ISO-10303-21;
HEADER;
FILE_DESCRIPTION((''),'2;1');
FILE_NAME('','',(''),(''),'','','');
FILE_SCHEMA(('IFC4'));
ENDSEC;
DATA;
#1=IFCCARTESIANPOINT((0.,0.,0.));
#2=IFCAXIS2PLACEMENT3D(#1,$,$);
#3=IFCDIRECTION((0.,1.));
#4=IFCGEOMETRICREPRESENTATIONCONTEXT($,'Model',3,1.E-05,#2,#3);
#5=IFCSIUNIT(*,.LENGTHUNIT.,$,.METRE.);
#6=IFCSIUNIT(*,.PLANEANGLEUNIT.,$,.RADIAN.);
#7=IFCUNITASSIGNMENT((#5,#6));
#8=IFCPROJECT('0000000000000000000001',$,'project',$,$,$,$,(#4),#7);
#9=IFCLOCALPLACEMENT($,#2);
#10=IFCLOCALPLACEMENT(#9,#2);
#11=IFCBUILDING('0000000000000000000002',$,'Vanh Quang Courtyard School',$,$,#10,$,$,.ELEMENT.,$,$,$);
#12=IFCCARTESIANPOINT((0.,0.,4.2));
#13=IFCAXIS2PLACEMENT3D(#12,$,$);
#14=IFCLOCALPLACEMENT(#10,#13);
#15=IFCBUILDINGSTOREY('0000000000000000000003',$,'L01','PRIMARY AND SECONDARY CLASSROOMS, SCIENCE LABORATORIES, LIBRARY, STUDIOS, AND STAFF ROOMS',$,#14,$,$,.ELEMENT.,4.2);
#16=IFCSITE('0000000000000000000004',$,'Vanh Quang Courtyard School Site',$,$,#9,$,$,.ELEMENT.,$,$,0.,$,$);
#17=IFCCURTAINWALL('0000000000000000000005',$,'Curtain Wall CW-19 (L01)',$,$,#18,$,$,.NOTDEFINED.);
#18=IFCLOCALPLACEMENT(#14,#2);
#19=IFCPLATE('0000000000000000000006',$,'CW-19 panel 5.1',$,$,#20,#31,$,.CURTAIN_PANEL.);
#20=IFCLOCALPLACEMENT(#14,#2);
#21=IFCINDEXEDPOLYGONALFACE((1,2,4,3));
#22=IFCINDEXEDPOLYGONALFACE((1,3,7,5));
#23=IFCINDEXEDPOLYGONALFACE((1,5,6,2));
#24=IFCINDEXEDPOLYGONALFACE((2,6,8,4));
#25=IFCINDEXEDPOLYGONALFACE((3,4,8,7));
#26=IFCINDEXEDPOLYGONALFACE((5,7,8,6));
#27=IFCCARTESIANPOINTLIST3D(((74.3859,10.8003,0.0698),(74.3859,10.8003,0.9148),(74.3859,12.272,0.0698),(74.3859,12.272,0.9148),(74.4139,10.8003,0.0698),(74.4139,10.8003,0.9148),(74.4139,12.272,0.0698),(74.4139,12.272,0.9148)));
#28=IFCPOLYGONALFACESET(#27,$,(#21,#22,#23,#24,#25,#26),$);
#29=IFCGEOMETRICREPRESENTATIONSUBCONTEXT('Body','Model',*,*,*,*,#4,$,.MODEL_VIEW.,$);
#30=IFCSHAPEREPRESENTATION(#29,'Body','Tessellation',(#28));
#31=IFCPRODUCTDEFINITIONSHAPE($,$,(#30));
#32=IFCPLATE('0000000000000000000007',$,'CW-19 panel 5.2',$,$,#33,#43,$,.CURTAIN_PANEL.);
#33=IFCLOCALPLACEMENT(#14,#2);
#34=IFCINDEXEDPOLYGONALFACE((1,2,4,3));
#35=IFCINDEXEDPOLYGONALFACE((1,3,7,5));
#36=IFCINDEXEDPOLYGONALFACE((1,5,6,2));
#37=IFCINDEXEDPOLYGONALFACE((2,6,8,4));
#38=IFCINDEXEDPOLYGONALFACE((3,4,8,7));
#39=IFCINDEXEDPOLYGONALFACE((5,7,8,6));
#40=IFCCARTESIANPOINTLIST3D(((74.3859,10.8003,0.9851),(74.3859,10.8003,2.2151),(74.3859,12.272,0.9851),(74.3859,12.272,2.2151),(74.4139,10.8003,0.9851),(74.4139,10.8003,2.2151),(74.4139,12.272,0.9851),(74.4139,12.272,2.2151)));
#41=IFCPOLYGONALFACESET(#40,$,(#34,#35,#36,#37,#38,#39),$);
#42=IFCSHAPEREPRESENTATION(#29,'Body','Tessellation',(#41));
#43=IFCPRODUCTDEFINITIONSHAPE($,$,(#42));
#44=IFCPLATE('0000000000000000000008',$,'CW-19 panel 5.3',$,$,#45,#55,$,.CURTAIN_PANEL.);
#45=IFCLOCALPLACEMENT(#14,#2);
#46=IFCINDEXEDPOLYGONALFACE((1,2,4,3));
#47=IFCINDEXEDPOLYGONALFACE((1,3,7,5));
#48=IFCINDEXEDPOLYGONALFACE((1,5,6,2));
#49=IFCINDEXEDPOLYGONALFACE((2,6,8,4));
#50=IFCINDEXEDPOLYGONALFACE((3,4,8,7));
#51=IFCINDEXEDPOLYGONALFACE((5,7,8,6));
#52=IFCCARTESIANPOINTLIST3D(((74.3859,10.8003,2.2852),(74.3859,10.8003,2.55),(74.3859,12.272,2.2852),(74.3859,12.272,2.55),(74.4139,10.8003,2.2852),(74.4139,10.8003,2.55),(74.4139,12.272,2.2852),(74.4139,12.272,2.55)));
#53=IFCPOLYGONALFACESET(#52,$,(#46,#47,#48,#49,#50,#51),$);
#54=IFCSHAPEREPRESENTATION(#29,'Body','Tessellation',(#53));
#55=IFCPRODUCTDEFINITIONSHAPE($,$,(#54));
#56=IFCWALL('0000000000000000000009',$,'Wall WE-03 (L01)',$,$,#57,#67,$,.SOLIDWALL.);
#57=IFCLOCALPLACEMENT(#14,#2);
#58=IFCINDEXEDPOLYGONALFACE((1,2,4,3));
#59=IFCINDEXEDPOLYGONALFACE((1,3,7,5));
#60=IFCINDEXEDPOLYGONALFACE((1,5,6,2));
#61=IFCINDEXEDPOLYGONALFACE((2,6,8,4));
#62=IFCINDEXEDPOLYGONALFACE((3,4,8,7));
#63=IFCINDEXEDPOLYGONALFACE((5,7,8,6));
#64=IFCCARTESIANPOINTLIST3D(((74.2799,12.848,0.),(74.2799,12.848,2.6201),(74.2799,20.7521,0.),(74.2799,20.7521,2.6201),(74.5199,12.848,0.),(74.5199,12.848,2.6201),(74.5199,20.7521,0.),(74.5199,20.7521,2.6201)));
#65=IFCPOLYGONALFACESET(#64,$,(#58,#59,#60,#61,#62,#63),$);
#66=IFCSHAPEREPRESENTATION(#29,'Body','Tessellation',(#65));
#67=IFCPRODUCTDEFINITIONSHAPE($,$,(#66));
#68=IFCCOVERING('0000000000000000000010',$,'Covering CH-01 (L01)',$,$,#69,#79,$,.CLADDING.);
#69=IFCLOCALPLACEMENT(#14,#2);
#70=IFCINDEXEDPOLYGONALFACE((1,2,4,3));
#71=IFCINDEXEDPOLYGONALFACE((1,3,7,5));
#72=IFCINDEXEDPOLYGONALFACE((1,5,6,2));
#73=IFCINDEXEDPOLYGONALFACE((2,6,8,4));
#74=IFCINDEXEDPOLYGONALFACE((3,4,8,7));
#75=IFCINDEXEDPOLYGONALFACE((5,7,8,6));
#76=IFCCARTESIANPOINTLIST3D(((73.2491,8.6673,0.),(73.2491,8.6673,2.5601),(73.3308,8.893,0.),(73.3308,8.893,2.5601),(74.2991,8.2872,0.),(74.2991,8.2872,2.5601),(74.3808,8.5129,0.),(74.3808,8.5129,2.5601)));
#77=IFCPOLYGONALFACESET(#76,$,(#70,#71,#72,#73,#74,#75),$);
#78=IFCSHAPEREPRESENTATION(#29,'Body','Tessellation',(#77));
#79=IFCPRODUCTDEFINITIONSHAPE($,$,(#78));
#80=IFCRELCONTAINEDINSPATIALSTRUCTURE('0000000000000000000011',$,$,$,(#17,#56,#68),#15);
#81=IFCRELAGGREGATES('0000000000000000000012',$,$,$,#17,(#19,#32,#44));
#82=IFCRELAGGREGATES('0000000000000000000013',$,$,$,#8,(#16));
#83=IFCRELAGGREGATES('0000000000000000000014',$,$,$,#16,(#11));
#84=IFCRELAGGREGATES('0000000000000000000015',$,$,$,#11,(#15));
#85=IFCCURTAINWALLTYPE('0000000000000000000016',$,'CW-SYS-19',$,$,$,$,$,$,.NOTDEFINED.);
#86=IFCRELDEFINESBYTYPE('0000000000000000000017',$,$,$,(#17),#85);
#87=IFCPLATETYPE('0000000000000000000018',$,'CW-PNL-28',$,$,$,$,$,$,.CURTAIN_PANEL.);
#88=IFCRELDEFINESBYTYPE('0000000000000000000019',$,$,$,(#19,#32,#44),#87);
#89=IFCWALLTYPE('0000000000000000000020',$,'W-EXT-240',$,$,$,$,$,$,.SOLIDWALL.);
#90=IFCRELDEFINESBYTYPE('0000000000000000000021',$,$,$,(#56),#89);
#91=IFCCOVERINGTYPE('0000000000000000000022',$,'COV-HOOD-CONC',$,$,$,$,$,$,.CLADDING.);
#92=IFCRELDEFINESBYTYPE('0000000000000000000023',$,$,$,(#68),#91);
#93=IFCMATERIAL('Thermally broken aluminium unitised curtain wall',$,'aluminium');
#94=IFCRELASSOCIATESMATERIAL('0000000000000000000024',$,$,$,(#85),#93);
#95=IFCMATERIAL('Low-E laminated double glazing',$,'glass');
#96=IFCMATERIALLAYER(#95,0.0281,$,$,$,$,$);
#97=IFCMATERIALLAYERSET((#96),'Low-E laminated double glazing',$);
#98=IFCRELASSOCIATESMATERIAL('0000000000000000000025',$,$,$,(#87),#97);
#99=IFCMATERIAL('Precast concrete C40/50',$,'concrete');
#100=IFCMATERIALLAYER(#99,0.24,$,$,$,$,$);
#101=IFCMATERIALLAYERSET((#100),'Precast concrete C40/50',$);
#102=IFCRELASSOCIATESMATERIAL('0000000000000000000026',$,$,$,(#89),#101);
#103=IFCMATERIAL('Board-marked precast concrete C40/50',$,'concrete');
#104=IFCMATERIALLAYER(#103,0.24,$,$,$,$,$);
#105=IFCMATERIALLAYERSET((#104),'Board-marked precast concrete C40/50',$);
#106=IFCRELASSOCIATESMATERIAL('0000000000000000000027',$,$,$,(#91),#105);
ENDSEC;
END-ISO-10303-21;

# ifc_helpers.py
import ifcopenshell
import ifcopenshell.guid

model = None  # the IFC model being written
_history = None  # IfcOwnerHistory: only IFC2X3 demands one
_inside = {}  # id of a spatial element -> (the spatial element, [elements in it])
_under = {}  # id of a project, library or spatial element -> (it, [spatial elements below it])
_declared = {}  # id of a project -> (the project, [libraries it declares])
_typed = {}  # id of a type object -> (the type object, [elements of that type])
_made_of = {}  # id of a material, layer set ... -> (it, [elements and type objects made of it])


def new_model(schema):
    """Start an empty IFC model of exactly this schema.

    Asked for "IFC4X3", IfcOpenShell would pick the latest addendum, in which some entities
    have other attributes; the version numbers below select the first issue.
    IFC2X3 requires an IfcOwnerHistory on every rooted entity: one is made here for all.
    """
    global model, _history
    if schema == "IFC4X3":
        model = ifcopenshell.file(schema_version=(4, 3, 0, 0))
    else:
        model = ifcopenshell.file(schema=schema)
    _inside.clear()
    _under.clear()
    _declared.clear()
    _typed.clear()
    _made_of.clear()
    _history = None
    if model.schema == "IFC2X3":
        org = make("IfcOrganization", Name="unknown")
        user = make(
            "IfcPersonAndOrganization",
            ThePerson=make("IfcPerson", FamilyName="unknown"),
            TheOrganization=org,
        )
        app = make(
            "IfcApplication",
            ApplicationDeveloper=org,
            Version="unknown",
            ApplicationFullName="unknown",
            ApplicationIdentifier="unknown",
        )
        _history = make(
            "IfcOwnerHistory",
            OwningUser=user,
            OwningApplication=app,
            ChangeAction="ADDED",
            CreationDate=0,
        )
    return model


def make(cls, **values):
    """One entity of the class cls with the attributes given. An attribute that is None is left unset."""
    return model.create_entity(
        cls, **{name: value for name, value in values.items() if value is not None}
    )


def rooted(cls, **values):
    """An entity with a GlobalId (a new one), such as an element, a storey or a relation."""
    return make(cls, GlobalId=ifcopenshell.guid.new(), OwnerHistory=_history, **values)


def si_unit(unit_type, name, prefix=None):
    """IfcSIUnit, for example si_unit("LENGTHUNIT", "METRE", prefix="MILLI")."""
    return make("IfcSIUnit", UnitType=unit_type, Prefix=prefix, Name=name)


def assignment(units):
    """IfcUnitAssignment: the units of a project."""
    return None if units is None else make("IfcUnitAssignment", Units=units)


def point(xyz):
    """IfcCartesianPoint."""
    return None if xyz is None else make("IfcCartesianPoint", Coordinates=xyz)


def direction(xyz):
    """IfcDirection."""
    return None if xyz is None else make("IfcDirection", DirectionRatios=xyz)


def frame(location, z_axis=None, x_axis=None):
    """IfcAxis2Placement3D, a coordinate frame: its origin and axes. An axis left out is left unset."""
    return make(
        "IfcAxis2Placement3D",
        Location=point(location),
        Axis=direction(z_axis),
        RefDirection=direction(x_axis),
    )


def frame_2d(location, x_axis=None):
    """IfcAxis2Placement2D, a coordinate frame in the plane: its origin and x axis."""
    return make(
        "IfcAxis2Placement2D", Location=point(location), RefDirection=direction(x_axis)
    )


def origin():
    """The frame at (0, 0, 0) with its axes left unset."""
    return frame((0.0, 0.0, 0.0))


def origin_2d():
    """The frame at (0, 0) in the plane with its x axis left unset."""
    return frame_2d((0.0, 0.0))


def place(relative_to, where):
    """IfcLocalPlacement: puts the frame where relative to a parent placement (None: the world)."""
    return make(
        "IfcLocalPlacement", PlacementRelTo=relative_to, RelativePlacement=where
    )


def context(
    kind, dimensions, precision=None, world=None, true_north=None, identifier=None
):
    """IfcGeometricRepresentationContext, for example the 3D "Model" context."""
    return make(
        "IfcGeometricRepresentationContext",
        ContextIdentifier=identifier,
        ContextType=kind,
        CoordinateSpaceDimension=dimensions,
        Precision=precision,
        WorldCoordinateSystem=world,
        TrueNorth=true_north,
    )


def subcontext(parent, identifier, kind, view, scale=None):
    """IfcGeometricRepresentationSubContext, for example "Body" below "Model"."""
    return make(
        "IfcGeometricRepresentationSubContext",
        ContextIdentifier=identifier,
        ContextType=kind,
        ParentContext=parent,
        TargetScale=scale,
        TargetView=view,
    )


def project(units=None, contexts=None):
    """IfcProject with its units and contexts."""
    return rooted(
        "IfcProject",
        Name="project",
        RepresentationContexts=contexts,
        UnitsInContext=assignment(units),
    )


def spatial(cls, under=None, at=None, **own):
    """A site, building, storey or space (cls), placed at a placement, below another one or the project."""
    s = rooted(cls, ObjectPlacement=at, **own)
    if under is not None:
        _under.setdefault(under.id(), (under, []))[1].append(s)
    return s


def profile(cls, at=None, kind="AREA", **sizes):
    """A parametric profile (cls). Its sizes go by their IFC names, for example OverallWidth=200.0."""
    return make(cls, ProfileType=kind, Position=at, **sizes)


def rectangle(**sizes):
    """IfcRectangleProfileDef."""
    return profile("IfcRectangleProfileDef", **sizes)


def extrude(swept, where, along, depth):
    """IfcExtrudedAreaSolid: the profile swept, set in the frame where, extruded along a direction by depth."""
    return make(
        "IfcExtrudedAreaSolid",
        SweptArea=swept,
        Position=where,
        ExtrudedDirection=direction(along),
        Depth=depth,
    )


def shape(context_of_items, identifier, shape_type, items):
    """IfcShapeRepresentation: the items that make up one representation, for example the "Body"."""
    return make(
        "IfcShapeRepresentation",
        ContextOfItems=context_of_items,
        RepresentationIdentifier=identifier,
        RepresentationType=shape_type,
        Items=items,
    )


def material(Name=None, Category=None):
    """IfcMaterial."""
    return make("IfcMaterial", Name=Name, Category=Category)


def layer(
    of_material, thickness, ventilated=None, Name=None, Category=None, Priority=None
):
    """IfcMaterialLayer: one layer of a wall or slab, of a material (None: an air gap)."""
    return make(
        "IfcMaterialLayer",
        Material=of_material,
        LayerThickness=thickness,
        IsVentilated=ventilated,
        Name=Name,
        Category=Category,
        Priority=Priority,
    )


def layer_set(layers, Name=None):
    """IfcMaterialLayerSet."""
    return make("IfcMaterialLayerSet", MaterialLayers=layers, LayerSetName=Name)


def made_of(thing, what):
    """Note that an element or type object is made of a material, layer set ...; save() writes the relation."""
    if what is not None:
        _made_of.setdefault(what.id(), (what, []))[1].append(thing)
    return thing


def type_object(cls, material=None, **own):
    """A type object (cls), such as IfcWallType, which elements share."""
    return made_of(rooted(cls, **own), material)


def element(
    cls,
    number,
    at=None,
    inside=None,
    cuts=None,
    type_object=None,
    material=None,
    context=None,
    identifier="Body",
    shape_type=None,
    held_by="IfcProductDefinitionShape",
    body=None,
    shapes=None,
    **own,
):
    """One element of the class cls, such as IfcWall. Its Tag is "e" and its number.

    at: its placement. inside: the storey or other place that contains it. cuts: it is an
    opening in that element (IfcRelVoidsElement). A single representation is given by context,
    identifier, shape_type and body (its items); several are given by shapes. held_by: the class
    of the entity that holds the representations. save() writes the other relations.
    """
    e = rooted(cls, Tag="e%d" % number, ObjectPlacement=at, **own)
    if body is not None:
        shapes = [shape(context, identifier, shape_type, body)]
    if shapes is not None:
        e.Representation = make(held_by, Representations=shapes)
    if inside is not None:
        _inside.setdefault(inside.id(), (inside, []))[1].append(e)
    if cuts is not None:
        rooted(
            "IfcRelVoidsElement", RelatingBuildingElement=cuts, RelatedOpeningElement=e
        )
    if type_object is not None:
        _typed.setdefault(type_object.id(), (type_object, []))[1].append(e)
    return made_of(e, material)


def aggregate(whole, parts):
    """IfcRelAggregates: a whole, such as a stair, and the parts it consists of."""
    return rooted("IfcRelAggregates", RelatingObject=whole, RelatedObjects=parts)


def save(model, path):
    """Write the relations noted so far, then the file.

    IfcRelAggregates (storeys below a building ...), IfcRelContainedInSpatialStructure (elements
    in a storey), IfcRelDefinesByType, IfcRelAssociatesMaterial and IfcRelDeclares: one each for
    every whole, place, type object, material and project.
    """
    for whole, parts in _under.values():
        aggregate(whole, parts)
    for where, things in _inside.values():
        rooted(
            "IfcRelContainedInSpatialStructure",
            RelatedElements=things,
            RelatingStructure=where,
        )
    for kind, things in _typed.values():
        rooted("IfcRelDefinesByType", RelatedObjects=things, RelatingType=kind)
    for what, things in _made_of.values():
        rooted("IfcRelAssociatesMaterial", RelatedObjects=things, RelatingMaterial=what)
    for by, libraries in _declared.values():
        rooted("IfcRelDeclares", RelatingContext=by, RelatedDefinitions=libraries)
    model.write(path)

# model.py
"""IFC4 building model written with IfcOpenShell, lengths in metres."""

from ifc_helpers import new_model, si_unit, direction, frame, frame_2d, origin, origin_2d, place, context, subcontext, project, spatial, rectangle, extrude, material, layer, layer_set, type_object, element, aggregate, save


model = new_model("IFC4")

# Units and contexts
model_context = context("Model", 3, precision=1e-05, world=origin(), true_north=direction((0.0, 1.0)))
body_context = subcontext(model_context, "Body", "Model", "MODEL_VIEW")
ifc_project = project(units=[si_unit("LENGTHUNIT", "METRE"), si_unit("PLANEANGLEUNIT", "RADIAN")], contexts=[model_context])

# Site, building, storey
site_placement = place(None, origin())
site = spatial("IfcSite", under=ifc_project, at=site_placement, Name="Vanh Quang Courtyard School Site", CompositionType="ELEMENT", RefElevation=0.0)
building_placement = place(site_placement, origin())
building = spatial("IfcBuilding", under=site, at=building_placement, Name="Vanh Quang Courtyard School", CompositionType="ELEMENT")
storey_placement = place(building_placement, frame((0.0, 0.0, 4.2)))
storey = spatial("IfcBuildingStorey", under=building, at=storey_placement, Name="L01", Description="PRIMARY AND SECONDARY CLASSROOMS, SCIENCE LABORATORIES, LIBRARY, STUDIOS, AND STAFF ROOMS", CompositionType="ELEMENT", Elevation=4.2)

# Curtain wall, plates
ifc_material_1 = material(Name="Thermally broken aluminium unitised curtain wall", Category="aluminium")
curtain_wall_type = type_object("IfcCurtainWallType", Name="CW-SYS-19", PredefinedType="NOTDEFINED", material=ifc_material_1)
curtain_wall_placement = place(storey_placement, origin())
curtain_wall = element("IfcCurtainWall", 1, at=curtain_wall_placement, inside=storey, type_object=curtain_wall_type, Name="Curtain Wall CW-19 (L01)", PredefinedType="NOTDEFINED")
ifc_material_2 = material(Name="Low-E laminated double glazing", Category="glass")
ifc_layer_1 = layer(ifc_material_2, 0.0281)
ifc_layer_set_1 = layer_set([ifc_layer_1], Name="Low-E laminated double glazing")
plate_type = type_object("IfcPlateType", Name="CW-PNL-28", PredefinedType="CURTAIN_PANEL", material=ifc_layer_set_1)
plate_1_placement = place(storey_placement, frame((74.3999, 11.5361, 0.0698), z_axis=(0.0, 0.0, 1.0), x_axis=(0.0, 1.0, 0.0)))
plate_1 = element("IfcPlate", 2, at=plate_1_placement, type_object=plate_type, Name="CW-19 panel 5.1", PredefinedType="CURTAIN_PANEL", context=body_context, shape_type="SweptSolid", body=[
    extrude(rectangle(XDim=1.4717, YDim=0.0281, at=origin_2d()), origin(), (0.0, 0.0, 1.0), 0.845),
])
plate_2_placement = place(storey_placement, frame((74.3999, 11.5361, 0.9851), z_axis=(0.0, 0.0, 1.0), x_axis=(0.0, 1.0, 0.0)))
plate_2 = element("IfcPlate", 3, at=plate_2_placement, type_object=plate_type, Name="CW-19 panel 5.2", PredefinedType="CURTAIN_PANEL", context=body_context, shape_type="SweptSolid", body=[
    extrude(rectangle(XDim=1.4717, YDim=0.0281, at=origin_2d()), origin(), (0.0, 0.0, 1.0), 1.23),
])
plate_3_placement = place(storey_placement, frame((74.3999, 11.5361, 2.2852), z_axis=(0.0, 0.0, 1.0), x_axis=(0.0, 1.0, 0.0)))
plate_3 = element("IfcPlate", 4, at=plate_3_placement, type_object=plate_type, Name="CW-19 panel 5.3", PredefinedType="CURTAIN_PANEL", context=body_context, shape_type="SweptSolid", body=[
    extrude(rectangle(XDim=1.4717, YDim=0.0281, at=origin_2d()), origin(), (0.0, 0.0, 1.0), 0.2649),
])
aggregate(curtain_wall, [plate_1, plate_2, plate_3])

# Wall
ifc_material_3 = material(Name="Precast concrete C40/50", Category="concrete")
ifc_layer_2 = layer(ifc_material_3, 0.24)
ifc_layer_set_2 = layer_set([ifc_layer_2], Name="Precast concrete C40/50")
wall_type = type_object("IfcWallType", Name="W-EXT-240", PredefinedType="SOLIDWALL", material=ifc_layer_set_2)
wall_placement = place(storey_placement, frame((74.3999, 12.8479, 0.0), z_axis=(0.0, 0.0, 1.0), x_axis=(0.0, 1.0, 0.0)))
element("IfcWall", 5, at=wall_placement, inside=storey, type_object=wall_type, Name="Wall WE-03 (L01)", PredefinedType="SOLIDWALL", context=body_context, shape_type="SweptSolid", body=[
    extrude(rectangle(XDim=7.9041, YDim=0.24, at=frame_2d((3.9521, 0.0))), origin(), (0.0, 0.0, 1.0), 2.6201),
])

# Covering
ifc_material_4 = material(Name="Board-marked precast concrete C40/50", Category="concrete")
ifc_layer_3 = layer(ifc_material_4, 0.24)
ifc_layer_set_3 = layer_set([ifc_layer_3], Name="Board-marked precast concrete C40/50")
covering_type = type_object("IfcCoveringType", Name="COV-HOOD-CONC", PredefinedType="CLADDING", material=ifc_layer_set_3)
covering_placement = place(storey_placement, frame((73.8149, 8.5901, 0.0), z_axis=(0.0, 0.0, 1.0), x_axis=(-0.940288, 0.34038, 0.0)))
element("IfcCovering", 6, at=covering_placement, inside=storey, type_object=covering_type, Name="Covering CH-01 (L01)", PredefinedType="CLADDING", context=body_context, shape_type="SweptSolid", body=[
    extrude(rectangle(XDim=1.1167, YDim=0.24, at=origin_2d()), origin(), (0.0, 0.0, 1.0), 2.5601),
])

save(model, "model.ifc")
